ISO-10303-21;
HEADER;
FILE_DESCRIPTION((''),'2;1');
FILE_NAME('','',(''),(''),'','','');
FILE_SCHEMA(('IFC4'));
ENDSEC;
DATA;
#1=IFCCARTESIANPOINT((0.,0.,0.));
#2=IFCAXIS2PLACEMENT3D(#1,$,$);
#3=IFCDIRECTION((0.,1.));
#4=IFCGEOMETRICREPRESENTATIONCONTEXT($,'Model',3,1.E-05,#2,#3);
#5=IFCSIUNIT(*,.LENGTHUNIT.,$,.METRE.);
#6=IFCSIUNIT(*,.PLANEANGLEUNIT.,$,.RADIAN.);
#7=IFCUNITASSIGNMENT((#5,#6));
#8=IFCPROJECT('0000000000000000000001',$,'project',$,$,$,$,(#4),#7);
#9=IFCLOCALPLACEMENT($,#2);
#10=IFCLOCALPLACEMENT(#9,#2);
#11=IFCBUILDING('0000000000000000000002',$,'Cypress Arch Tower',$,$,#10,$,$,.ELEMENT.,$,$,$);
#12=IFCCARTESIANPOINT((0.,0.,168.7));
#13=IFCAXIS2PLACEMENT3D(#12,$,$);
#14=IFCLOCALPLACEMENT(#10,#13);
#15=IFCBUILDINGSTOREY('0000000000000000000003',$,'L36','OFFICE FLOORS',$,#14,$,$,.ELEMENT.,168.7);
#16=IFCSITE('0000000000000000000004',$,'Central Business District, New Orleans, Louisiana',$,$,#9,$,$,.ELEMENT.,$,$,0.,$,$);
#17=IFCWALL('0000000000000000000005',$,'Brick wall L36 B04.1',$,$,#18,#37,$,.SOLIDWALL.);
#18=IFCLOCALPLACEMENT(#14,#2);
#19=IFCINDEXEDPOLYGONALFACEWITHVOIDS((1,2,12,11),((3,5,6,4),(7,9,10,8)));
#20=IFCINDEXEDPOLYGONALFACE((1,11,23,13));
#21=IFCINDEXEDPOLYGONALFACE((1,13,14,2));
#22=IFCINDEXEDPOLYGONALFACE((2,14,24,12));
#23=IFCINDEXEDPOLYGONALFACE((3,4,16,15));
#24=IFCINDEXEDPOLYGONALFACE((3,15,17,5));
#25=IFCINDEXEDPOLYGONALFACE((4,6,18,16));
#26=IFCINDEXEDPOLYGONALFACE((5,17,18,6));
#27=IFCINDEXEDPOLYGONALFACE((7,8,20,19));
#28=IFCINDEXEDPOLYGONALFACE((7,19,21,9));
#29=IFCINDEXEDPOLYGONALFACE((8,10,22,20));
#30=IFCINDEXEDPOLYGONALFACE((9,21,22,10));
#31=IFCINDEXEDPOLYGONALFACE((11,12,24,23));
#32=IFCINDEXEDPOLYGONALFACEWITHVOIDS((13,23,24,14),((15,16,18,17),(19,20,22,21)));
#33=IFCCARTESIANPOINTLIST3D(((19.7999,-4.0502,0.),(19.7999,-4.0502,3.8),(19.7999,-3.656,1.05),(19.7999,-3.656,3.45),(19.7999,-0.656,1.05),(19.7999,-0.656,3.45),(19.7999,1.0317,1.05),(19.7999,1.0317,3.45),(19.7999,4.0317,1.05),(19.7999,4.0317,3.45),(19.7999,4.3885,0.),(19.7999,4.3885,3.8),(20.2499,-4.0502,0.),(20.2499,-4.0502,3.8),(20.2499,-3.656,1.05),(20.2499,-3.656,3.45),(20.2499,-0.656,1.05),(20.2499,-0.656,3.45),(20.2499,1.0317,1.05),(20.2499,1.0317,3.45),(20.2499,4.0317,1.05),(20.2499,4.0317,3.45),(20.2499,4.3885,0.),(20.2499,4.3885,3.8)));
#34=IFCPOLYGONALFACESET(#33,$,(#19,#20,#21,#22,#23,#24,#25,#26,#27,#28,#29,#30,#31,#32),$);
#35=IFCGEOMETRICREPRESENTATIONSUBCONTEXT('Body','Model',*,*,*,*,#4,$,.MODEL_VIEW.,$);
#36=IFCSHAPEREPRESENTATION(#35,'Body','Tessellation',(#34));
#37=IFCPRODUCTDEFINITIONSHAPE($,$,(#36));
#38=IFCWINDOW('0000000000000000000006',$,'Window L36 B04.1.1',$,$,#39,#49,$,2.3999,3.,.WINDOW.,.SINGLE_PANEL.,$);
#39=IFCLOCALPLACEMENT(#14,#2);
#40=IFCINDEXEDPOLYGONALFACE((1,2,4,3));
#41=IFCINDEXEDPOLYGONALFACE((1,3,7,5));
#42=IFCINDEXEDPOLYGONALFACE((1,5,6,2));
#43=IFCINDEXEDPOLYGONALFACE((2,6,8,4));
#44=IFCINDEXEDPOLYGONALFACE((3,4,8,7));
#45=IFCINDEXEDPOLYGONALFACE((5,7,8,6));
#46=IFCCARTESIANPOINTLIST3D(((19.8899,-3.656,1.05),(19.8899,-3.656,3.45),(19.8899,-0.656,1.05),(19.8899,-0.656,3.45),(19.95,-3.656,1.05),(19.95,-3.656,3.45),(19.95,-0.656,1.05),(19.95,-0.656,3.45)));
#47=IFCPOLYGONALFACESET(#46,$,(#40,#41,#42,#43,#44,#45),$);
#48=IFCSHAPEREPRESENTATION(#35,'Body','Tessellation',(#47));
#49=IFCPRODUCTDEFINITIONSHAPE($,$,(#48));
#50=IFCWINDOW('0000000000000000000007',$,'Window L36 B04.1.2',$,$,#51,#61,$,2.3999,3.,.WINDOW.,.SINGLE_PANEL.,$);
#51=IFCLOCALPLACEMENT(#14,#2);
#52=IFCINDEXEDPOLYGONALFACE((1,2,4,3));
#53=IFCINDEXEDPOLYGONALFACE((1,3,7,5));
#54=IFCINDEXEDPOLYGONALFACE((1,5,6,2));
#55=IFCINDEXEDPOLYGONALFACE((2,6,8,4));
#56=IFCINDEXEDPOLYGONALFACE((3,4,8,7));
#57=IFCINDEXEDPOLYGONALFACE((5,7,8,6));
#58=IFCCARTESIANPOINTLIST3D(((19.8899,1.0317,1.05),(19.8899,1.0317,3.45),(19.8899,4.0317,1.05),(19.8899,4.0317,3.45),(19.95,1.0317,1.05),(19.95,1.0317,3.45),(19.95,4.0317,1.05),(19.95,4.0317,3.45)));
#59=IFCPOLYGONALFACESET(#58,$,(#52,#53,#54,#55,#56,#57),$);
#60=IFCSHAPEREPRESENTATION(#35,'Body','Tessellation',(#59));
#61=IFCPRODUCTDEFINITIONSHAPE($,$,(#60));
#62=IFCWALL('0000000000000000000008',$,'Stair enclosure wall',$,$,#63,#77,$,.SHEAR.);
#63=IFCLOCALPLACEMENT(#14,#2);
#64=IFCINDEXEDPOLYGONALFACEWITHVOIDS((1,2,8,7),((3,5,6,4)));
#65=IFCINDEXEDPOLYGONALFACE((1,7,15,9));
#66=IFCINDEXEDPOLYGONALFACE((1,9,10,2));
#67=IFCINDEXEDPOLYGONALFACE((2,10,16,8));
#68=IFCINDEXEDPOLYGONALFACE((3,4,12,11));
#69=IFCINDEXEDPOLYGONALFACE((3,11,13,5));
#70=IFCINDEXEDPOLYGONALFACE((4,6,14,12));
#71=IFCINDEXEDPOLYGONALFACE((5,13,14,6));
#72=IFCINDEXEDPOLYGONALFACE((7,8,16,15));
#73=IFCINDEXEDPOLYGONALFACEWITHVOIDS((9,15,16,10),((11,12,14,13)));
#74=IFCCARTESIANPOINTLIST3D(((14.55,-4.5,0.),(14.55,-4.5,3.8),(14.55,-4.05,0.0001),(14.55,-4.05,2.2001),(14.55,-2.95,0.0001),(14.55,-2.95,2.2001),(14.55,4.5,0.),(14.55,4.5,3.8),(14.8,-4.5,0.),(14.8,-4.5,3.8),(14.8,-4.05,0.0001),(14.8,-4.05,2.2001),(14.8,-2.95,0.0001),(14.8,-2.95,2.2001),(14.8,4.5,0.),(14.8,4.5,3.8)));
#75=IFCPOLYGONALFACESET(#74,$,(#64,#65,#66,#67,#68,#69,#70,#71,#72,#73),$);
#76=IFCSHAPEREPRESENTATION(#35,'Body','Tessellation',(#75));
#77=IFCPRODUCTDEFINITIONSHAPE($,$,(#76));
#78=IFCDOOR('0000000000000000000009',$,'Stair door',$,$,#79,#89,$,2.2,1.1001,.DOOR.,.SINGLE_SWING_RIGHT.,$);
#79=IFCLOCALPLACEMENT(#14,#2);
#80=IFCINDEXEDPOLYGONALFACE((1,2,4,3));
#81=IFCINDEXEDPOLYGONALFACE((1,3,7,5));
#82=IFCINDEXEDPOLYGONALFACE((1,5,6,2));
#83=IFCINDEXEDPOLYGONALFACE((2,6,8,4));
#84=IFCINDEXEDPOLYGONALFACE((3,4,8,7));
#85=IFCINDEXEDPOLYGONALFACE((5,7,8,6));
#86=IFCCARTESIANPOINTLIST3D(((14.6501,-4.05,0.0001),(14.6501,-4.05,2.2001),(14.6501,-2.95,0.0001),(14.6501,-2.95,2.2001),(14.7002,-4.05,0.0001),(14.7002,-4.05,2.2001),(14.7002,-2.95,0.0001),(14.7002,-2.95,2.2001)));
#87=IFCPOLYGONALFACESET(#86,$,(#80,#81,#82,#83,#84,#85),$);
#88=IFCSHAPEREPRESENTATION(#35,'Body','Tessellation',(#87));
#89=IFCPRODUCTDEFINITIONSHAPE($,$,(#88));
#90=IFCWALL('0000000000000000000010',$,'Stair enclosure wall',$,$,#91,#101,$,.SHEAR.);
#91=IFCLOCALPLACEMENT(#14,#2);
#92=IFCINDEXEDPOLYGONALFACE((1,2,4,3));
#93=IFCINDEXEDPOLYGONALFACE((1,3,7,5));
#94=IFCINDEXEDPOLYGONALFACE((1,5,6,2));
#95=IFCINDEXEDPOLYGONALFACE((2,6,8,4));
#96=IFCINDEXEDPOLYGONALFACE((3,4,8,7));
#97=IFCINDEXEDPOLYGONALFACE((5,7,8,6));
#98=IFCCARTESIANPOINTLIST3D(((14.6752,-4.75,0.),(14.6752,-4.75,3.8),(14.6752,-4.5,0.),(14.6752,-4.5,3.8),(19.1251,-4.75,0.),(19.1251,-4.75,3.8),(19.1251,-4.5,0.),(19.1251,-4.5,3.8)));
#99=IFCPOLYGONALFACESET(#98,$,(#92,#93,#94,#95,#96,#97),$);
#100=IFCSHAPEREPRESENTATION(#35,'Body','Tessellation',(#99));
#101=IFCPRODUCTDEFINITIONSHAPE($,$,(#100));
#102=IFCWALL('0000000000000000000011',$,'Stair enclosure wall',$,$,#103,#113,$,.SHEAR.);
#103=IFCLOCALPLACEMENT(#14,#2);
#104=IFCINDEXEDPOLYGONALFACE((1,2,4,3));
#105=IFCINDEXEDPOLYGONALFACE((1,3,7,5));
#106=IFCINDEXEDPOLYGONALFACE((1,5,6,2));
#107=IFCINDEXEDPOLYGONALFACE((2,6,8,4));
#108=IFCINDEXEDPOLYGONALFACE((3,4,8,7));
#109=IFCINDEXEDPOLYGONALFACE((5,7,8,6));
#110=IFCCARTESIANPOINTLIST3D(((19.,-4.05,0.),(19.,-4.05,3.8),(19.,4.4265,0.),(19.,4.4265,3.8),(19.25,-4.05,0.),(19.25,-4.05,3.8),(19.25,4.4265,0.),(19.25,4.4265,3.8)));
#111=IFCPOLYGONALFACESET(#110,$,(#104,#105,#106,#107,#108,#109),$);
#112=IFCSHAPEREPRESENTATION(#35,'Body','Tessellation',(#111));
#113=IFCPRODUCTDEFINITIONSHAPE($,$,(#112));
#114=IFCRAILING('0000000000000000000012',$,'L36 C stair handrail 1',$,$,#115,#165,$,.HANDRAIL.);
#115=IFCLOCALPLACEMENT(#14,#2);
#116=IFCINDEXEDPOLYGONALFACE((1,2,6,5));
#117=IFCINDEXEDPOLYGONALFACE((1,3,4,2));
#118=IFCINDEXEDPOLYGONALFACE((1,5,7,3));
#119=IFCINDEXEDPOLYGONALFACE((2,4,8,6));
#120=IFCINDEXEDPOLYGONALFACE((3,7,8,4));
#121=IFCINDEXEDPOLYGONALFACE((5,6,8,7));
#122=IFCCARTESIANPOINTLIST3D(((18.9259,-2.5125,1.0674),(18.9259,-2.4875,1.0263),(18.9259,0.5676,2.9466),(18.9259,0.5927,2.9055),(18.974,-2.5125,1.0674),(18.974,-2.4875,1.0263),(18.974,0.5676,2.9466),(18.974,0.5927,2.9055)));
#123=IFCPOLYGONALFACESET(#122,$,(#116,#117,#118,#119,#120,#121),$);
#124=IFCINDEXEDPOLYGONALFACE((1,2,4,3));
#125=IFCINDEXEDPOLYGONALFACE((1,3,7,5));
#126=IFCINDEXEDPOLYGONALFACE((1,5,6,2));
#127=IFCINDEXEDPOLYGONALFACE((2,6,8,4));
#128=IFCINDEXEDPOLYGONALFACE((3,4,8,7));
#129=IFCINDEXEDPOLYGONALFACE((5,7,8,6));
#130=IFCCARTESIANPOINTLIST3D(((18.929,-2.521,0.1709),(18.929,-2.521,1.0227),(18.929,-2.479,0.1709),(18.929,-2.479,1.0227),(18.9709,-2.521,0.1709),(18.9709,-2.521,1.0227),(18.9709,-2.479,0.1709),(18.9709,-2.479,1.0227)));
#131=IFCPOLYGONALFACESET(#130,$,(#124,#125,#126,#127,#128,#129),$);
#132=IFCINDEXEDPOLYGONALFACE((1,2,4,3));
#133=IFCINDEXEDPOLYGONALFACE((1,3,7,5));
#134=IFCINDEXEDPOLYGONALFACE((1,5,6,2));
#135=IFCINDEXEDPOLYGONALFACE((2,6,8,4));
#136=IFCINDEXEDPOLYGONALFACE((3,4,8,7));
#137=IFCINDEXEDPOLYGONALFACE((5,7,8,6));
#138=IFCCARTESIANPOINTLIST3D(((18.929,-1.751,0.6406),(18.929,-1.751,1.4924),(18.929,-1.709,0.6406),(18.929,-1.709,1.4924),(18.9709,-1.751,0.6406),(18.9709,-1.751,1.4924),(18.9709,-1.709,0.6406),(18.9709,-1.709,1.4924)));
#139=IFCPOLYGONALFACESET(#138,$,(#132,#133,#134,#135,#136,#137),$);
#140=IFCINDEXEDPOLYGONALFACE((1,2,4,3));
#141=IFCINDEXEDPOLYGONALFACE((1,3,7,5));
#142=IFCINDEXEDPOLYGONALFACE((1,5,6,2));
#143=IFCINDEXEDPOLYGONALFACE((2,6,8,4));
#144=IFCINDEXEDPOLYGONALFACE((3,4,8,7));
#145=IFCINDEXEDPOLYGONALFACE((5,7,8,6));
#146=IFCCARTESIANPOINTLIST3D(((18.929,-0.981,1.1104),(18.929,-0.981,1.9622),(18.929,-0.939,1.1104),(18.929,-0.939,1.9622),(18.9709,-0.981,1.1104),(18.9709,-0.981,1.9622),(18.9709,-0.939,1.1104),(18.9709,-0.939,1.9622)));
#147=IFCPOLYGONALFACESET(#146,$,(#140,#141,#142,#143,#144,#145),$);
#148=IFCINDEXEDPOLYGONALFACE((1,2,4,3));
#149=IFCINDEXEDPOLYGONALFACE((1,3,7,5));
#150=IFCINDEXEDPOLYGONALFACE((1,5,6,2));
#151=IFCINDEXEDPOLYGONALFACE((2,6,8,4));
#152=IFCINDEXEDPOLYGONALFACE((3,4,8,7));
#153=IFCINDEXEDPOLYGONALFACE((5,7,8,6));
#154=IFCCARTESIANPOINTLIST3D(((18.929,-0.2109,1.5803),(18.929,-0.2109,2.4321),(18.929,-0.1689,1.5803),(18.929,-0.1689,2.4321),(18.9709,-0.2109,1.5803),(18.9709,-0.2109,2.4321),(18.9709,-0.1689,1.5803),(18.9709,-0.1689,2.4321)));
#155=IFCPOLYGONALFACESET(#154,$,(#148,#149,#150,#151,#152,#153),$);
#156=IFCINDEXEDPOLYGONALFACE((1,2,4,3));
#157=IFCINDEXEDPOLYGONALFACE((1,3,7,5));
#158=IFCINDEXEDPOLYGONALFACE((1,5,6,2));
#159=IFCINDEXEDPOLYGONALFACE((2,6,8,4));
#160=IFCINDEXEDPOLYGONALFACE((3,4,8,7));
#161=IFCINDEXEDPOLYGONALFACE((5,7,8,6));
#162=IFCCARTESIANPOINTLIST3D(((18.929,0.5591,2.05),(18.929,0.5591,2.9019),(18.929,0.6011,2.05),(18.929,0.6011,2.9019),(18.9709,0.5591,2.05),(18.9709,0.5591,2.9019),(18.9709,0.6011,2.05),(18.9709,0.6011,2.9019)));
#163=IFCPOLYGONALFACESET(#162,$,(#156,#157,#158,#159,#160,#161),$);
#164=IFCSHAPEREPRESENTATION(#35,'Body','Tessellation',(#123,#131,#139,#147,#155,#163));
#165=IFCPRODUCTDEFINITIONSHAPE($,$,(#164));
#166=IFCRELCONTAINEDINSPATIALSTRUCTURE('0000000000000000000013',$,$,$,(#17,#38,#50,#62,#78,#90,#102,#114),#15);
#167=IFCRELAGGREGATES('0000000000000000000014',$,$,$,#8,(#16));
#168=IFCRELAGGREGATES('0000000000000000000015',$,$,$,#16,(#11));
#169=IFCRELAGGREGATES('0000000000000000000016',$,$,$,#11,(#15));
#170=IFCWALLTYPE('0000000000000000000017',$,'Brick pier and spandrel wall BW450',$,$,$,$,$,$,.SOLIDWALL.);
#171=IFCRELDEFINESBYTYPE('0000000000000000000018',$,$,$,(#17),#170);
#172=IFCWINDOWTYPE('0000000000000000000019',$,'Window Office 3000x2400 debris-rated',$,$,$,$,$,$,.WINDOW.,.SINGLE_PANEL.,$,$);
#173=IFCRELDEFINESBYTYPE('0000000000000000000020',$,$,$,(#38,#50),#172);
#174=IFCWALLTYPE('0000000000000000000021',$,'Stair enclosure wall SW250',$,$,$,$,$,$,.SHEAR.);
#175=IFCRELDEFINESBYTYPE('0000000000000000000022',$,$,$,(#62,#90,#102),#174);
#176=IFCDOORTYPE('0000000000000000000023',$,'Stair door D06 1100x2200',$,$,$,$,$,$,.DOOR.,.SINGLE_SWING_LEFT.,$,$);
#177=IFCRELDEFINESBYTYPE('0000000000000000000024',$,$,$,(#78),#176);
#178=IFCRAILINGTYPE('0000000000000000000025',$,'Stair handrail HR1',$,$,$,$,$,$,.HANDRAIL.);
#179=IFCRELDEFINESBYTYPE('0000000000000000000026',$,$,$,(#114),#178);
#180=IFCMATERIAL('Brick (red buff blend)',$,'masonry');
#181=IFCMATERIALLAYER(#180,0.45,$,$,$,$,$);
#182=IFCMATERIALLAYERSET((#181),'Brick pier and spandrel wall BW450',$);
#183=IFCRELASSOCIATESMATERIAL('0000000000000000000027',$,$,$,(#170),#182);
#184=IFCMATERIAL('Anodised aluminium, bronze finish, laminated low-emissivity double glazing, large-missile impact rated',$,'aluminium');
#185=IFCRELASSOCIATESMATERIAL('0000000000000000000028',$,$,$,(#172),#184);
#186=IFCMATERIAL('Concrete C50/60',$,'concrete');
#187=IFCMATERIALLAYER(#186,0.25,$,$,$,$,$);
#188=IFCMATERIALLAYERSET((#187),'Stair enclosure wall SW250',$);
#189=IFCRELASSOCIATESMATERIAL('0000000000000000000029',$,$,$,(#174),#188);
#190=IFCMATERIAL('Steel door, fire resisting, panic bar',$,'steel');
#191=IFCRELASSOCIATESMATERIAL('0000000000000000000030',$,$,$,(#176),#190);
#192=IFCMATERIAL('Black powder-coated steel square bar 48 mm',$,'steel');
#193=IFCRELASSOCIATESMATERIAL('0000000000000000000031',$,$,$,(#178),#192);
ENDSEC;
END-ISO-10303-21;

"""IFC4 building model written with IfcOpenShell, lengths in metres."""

from ifc_helpers import new_model, si_unit, direction, frame, frame_2d, origin, origin_2d, place, context, subcontext, project, spatial, rectangle, extrude, material, layer, layer_set, type_object, element, fill, save


model = new_model("IFC4")

# Units and contexts
model_context = context("Model", 3, precision=1e-05, world=origin(), true_north=direction((0.0, 1.0)))
body_context = subcontext(model_context, "Body", "Model", "MODEL_VIEW")
ifc_project = project(units=[si_unit("LENGTHUNIT", "METRE"), si_unit("PLANEANGLEUNIT", "RADIAN")], contexts=[model_context])

# Site, building, storey
site_placement = place(None, origin())
site = spatial("IfcSite", under=ifc_project, at=site_placement, Name="Central Business District, New Orleans, Louisiana", CompositionType="ELEMENT", RefElevation=0.0)
building_placement = place(site_placement, origin())
building = spatial("IfcBuilding", under=site, at=building_placement, Name="Cypress Arch Tower", CompositionType="ELEMENT")
storey_placement = place(building_placement, frame((0.0, 0.0, 168.7)))
storey = spatial("IfcBuildingStorey", under=building, at=storey_placement, Name="L36", Description="OFFICE FLOORS", CompositionType="ELEMENT", Elevation=168.7)

# Wall, openings, windows
ifc_material_1 = material(Name="Brick (red buff blend)", Category="masonry")
ifc_layer_1 = layer(ifc_material_1, 0.45)
ifc_layer_set_1 = layer_set([ifc_layer_1], Name="Brick pier and spandrel wall BW450")
wall_type_1 = type_object("IfcWallType", Name="Brick pier and spandrel wall BW450", PredefinedType="SOLIDWALL", material=ifc_layer_set_1)
wall_1_placement = place(storey_placement, frame((20.0249, -4.05, 0.0), z_axis=(0.0, 0.0, 1.0), x_axis=(0.0, 1.0, 0.0)))
wall_1 = element("IfcWall", 1, at=wall_1_placement, inside=storey, type_object=wall_type_1, Name="Brick wall L36 B04.1", PredefinedType="SOLIDWALL", context=body_context, shape_type="SweptSolid", body=[
    extrude(rectangle(XDim=8.4387, YDim=0.45, at=frame_2d((4.2192, 0.0))), origin(), (0.0, 0.0, 1.0), 3.8),
])
opening_1_placement = place(wall_1_placement, frame((0.394, 0.0, 1.05)))
opening_1 = element("IfcOpeningElement", 2, at=opening_1_placement, cuts=wall_1, PredefinedType="OPENING", context=body_context, shape_type="SweptSolid", body=[
    extrude(rectangle(XDim=3.0, YDim=2.3999, at=frame_2d((1.5, 1.2))), frame((0.0, 0.2349, 0.0), z_axis=(0.0, -1.0, 0.0), x_axis=(1.0, 0.0, 0.0)), (0.0, 0.0, 1.0), 0.47),
])
opening_2_placement = place(wall_1_placement, frame((5.0818, 0.0, 1.05)))
opening_2 = element("IfcOpeningElement", 3, at=opening_2_placement, cuts=wall_1, PredefinedType="OPENING", context=body_context, shape_type="SweptSolid", body=[
    extrude(rectangle(XDim=3.0, YDim=2.3999, at=frame_2d((1.5, 1.2))), frame((0.0, 0.2349, 0.0), z_axis=(0.0, -1.0, 0.0), x_axis=(1.0, 0.0, 0.0)), (0.0, 0.0, 1.0), 0.47),
])
ifc_material_2 = material(Name="Anodised aluminium, bronze finish, laminated low-emissivity double glazing, large-missile impact rated", Category="aluminium")
window_type = type_object("IfcWindowType", Name="Window Office 3000x2400 debris-rated", PartitioningType="SINGLE_PANEL", PredefinedType="WINDOW", material=ifc_material_2)
window_1_placement = place(opening_1_placement, origin())
window_1 = element("IfcWindow", 4, at=window_1_placement, inside=storey, type_object=window_type, Name="Window L36 B04.1.1", OverallHeight=2.3999, OverallWidth=3.0, PartitioningType="SINGLE_PANEL", PredefinedType="WINDOW", context=body_context, shape_type="SweptSolid", body=[
    extrude(rectangle(XDim=3.0, YDim=2.3999, at=frame_2d((1.5, 1.2))), frame((0.0, 0.135, 0.0), z_axis=(0.0, -1.0, 0.0), x_axis=(1.0, 0.0, 0.0)), (0.0, 0.0, 1.0), 0.0601),
])
fill(opening_1, window_1)
window_2_placement = place(opening_2_placement, origin())
window_2 = element("IfcWindow", 5, at=window_2_placement, inside=storey, type_object=window_type, Name="Window L36 B04.1.2", OverallHeight=2.3999, OverallWidth=3.0, PartitioningType="SINGLE_PANEL", PredefinedType="WINDOW", context=body_context, shape_type="SweptSolid", body=[
    extrude(rectangle(XDim=3.0, YDim=2.3999, at=frame_2d((1.5, 1.2))), frame((0.0, 0.135, 0.0), z_axis=(0.0, -1.0, 0.0), x_axis=(1.0, 0.0, 0.0)), (0.0, 0.0, 1.0), 0.0601),
])
fill(opening_2, window_2)

# Wall, opening, door
ifc_material_3 = material(Name="Concrete C50/60", Category="concrete")
ifc_layer_2 = layer(ifc_material_3, 0.25)
ifc_layer_set_2 = layer_set([ifc_layer_2], Name="Stair enclosure wall SW250")
wall_type_2 = type_object("IfcWallType", Name="Stair enclosure wall SW250", PredefinedType="SHEAR", material=ifc_layer_set_2)
wall_2_placement = place(storey_placement, frame((14.675, -4.5, 0.0), z_axis=(0.0, 0.0, 1.0), x_axis=(0.0, 1.0, 0.0)))
wall_2 = element("IfcWall", 6, at=wall_2_placement, inside=storey, type_object=wall_type_2, Name="Stair enclosure wall", PredefinedType="SHEAR", context=body_context, shape_type="SweptSolid", body=[
    extrude(rectangle(XDim=9.0, YDim=0.25, at=frame_2d((4.5, 0.0))), origin(), (0.0, 0.0, 1.0), 3.8),
])
opening_3_placement = place(wall_2_placement, frame((0.45, 0.0, 0.0)))
opening_3 = element("IfcOpeningElement", 7, at=opening_3_placement, cuts=wall_2, PredefinedType="OPENING", context=body_context, shape_type="SweptSolid", body=[
    extrude(rectangle(XDim=1.1001, YDim=2.2, at=frame_2d((0.55, 1.1001))), frame((0.0, 0.135, 0.0), z_axis=(0.0, -1.0, 0.0), x_axis=(1.0, 0.0, 0.0)), (0.0, 0.0, 1.0), 0.27),
])
ifc_material_4 = material(Name="Steel door, fire resisting, panic bar", Category="steel")
door_type = type_object("IfcDoorType", Name="Stair door D06 1100x2200", OperationType="SINGLE_SWING_LEFT", PredefinedType="DOOR", material=ifc_material_4)
door_placement = place(opening_3_placement, origin())
door = element("IfcDoor", 8, at=door_placement, inside=storey, type_object=door_type, Name="Stair door", OperationType="SINGLE_SWING_RIGHT", OverallHeight=2.2, OverallWidth=1.1001, PredefinedType="DOOR", context=body_context, shape_type="SweptSolid", body=[
    extrude(rectangle(XDim=1.1001, YDim=2.2, at=frame_2d((0.55, 1.1001))), frame((0.0, 0.0249, 0.0), z_axis=(0.0, -1.0, 0.0), x_axis=(1.0, 0.0, 0.0)), (0.0, 0.0, 1.0), 0.05),
])
fill(opening_3, door)

# Walls
wall_3_placement = place(storey_placement, frame((14.675, -4.625, 0.0), z_axis=(0.0, 0.0, 1.0), x_axis=(1.0, 0.0, 0.0)))
element("IfcWall", 9, at=wall_3_placement, inside=storey, type_object=wall_type_2, Name="Stair enclosure wall", PredefinedType="SHEAR", context=body_context, shape_type="SweptSolid", body=[
    extrude(rectangle(XDim=4.45, YDim=0.25, at=frame_2d((2.2251, 0.0))), origin(), (0.0, 0.0, 1.0), 3.8),
])
wall_4_placement = place(storey_placement, frame((19.125, -4.05, 0.0), z_axis=(0.0, 0.0, 1.0), x_axis=(0.0, 1.0, 0.0)))
element("IfcWall", 10, at=wall_4_placement, inside=storey, type_object=wall_type_2, Name="Stair enclosure wall", PredefinedType="SHEAR", context=body_context, shape_type="SweptSolid", body=[
    extrude(rectangle(XDim=8.4766, YDim=0.25, at=frame_2d((4.2383, 0.0))), origin(), (0.0, 0.0, 1.0), 3.8),
])

# Railing
ifc_material_5 = material(Name="Black powder-coated steel square bar 48 mm", Category="steel")
railing_type_1 = type_object("IfcRailingType", Name="Stair handrail HR1", PredefinedType="HANDRAIL", material=ifc_material_5)
railing_1_placement = place(storey_placement, frame((18.95, -2.5, 0.1709)))
element("IfcRailing", 11, at=railing_1_placement, inside=storey, type_object=railing_type_1, Name="L36 C stair handrail 1", PredefinedType="HANDRAIL", context=body_context, shape_type="SweptSolid", body=[
    extrude(rectangle(XDim=0.0481, YDim=0.0481, at=origin_2d()), frame((0.0, 0.0, 0.876), z_axis=(0.0, 0.853666, 0.52082), x_axis=(-1.0, 0.0, 0.0)), (0.0, 0.0, 1.0), 3.6082),
    extrude(rectangle(XDim=0.042, YDim=0.042, at=origin_2d()), origin(), (0.0, 0.0, 1.0), 0.8518),
    extrude(rectangle(XDim=0.042, YDim=0.042, at=origin_2d()), frame((0.0, 0.77, 0.4697)), (0.0, 0.0, 1.0), 0.8518),
    extrude(rectangle(XDim=0.042, YDim=0.042, at=origin_2d()), frame((0.0, 1.54, 0.9395)), (0.0, 0.0, 1.0), 0.8518),
    extrude(rectangle(XDim=0.042, YDim=0.042, at=origin_2d()), frame((0.0, 2.3101, 1.4094)), (0.0, 0.0, 1.0), 0.8518),
    extrude(rectangle(XDim=0.042, YDim=0.042, at=origin_2d()), frame((0.0, 3.0801, 1.8792)), (0.0, 0.0, 1.0), 0.8518),
])

save(model, "model.ifc")
